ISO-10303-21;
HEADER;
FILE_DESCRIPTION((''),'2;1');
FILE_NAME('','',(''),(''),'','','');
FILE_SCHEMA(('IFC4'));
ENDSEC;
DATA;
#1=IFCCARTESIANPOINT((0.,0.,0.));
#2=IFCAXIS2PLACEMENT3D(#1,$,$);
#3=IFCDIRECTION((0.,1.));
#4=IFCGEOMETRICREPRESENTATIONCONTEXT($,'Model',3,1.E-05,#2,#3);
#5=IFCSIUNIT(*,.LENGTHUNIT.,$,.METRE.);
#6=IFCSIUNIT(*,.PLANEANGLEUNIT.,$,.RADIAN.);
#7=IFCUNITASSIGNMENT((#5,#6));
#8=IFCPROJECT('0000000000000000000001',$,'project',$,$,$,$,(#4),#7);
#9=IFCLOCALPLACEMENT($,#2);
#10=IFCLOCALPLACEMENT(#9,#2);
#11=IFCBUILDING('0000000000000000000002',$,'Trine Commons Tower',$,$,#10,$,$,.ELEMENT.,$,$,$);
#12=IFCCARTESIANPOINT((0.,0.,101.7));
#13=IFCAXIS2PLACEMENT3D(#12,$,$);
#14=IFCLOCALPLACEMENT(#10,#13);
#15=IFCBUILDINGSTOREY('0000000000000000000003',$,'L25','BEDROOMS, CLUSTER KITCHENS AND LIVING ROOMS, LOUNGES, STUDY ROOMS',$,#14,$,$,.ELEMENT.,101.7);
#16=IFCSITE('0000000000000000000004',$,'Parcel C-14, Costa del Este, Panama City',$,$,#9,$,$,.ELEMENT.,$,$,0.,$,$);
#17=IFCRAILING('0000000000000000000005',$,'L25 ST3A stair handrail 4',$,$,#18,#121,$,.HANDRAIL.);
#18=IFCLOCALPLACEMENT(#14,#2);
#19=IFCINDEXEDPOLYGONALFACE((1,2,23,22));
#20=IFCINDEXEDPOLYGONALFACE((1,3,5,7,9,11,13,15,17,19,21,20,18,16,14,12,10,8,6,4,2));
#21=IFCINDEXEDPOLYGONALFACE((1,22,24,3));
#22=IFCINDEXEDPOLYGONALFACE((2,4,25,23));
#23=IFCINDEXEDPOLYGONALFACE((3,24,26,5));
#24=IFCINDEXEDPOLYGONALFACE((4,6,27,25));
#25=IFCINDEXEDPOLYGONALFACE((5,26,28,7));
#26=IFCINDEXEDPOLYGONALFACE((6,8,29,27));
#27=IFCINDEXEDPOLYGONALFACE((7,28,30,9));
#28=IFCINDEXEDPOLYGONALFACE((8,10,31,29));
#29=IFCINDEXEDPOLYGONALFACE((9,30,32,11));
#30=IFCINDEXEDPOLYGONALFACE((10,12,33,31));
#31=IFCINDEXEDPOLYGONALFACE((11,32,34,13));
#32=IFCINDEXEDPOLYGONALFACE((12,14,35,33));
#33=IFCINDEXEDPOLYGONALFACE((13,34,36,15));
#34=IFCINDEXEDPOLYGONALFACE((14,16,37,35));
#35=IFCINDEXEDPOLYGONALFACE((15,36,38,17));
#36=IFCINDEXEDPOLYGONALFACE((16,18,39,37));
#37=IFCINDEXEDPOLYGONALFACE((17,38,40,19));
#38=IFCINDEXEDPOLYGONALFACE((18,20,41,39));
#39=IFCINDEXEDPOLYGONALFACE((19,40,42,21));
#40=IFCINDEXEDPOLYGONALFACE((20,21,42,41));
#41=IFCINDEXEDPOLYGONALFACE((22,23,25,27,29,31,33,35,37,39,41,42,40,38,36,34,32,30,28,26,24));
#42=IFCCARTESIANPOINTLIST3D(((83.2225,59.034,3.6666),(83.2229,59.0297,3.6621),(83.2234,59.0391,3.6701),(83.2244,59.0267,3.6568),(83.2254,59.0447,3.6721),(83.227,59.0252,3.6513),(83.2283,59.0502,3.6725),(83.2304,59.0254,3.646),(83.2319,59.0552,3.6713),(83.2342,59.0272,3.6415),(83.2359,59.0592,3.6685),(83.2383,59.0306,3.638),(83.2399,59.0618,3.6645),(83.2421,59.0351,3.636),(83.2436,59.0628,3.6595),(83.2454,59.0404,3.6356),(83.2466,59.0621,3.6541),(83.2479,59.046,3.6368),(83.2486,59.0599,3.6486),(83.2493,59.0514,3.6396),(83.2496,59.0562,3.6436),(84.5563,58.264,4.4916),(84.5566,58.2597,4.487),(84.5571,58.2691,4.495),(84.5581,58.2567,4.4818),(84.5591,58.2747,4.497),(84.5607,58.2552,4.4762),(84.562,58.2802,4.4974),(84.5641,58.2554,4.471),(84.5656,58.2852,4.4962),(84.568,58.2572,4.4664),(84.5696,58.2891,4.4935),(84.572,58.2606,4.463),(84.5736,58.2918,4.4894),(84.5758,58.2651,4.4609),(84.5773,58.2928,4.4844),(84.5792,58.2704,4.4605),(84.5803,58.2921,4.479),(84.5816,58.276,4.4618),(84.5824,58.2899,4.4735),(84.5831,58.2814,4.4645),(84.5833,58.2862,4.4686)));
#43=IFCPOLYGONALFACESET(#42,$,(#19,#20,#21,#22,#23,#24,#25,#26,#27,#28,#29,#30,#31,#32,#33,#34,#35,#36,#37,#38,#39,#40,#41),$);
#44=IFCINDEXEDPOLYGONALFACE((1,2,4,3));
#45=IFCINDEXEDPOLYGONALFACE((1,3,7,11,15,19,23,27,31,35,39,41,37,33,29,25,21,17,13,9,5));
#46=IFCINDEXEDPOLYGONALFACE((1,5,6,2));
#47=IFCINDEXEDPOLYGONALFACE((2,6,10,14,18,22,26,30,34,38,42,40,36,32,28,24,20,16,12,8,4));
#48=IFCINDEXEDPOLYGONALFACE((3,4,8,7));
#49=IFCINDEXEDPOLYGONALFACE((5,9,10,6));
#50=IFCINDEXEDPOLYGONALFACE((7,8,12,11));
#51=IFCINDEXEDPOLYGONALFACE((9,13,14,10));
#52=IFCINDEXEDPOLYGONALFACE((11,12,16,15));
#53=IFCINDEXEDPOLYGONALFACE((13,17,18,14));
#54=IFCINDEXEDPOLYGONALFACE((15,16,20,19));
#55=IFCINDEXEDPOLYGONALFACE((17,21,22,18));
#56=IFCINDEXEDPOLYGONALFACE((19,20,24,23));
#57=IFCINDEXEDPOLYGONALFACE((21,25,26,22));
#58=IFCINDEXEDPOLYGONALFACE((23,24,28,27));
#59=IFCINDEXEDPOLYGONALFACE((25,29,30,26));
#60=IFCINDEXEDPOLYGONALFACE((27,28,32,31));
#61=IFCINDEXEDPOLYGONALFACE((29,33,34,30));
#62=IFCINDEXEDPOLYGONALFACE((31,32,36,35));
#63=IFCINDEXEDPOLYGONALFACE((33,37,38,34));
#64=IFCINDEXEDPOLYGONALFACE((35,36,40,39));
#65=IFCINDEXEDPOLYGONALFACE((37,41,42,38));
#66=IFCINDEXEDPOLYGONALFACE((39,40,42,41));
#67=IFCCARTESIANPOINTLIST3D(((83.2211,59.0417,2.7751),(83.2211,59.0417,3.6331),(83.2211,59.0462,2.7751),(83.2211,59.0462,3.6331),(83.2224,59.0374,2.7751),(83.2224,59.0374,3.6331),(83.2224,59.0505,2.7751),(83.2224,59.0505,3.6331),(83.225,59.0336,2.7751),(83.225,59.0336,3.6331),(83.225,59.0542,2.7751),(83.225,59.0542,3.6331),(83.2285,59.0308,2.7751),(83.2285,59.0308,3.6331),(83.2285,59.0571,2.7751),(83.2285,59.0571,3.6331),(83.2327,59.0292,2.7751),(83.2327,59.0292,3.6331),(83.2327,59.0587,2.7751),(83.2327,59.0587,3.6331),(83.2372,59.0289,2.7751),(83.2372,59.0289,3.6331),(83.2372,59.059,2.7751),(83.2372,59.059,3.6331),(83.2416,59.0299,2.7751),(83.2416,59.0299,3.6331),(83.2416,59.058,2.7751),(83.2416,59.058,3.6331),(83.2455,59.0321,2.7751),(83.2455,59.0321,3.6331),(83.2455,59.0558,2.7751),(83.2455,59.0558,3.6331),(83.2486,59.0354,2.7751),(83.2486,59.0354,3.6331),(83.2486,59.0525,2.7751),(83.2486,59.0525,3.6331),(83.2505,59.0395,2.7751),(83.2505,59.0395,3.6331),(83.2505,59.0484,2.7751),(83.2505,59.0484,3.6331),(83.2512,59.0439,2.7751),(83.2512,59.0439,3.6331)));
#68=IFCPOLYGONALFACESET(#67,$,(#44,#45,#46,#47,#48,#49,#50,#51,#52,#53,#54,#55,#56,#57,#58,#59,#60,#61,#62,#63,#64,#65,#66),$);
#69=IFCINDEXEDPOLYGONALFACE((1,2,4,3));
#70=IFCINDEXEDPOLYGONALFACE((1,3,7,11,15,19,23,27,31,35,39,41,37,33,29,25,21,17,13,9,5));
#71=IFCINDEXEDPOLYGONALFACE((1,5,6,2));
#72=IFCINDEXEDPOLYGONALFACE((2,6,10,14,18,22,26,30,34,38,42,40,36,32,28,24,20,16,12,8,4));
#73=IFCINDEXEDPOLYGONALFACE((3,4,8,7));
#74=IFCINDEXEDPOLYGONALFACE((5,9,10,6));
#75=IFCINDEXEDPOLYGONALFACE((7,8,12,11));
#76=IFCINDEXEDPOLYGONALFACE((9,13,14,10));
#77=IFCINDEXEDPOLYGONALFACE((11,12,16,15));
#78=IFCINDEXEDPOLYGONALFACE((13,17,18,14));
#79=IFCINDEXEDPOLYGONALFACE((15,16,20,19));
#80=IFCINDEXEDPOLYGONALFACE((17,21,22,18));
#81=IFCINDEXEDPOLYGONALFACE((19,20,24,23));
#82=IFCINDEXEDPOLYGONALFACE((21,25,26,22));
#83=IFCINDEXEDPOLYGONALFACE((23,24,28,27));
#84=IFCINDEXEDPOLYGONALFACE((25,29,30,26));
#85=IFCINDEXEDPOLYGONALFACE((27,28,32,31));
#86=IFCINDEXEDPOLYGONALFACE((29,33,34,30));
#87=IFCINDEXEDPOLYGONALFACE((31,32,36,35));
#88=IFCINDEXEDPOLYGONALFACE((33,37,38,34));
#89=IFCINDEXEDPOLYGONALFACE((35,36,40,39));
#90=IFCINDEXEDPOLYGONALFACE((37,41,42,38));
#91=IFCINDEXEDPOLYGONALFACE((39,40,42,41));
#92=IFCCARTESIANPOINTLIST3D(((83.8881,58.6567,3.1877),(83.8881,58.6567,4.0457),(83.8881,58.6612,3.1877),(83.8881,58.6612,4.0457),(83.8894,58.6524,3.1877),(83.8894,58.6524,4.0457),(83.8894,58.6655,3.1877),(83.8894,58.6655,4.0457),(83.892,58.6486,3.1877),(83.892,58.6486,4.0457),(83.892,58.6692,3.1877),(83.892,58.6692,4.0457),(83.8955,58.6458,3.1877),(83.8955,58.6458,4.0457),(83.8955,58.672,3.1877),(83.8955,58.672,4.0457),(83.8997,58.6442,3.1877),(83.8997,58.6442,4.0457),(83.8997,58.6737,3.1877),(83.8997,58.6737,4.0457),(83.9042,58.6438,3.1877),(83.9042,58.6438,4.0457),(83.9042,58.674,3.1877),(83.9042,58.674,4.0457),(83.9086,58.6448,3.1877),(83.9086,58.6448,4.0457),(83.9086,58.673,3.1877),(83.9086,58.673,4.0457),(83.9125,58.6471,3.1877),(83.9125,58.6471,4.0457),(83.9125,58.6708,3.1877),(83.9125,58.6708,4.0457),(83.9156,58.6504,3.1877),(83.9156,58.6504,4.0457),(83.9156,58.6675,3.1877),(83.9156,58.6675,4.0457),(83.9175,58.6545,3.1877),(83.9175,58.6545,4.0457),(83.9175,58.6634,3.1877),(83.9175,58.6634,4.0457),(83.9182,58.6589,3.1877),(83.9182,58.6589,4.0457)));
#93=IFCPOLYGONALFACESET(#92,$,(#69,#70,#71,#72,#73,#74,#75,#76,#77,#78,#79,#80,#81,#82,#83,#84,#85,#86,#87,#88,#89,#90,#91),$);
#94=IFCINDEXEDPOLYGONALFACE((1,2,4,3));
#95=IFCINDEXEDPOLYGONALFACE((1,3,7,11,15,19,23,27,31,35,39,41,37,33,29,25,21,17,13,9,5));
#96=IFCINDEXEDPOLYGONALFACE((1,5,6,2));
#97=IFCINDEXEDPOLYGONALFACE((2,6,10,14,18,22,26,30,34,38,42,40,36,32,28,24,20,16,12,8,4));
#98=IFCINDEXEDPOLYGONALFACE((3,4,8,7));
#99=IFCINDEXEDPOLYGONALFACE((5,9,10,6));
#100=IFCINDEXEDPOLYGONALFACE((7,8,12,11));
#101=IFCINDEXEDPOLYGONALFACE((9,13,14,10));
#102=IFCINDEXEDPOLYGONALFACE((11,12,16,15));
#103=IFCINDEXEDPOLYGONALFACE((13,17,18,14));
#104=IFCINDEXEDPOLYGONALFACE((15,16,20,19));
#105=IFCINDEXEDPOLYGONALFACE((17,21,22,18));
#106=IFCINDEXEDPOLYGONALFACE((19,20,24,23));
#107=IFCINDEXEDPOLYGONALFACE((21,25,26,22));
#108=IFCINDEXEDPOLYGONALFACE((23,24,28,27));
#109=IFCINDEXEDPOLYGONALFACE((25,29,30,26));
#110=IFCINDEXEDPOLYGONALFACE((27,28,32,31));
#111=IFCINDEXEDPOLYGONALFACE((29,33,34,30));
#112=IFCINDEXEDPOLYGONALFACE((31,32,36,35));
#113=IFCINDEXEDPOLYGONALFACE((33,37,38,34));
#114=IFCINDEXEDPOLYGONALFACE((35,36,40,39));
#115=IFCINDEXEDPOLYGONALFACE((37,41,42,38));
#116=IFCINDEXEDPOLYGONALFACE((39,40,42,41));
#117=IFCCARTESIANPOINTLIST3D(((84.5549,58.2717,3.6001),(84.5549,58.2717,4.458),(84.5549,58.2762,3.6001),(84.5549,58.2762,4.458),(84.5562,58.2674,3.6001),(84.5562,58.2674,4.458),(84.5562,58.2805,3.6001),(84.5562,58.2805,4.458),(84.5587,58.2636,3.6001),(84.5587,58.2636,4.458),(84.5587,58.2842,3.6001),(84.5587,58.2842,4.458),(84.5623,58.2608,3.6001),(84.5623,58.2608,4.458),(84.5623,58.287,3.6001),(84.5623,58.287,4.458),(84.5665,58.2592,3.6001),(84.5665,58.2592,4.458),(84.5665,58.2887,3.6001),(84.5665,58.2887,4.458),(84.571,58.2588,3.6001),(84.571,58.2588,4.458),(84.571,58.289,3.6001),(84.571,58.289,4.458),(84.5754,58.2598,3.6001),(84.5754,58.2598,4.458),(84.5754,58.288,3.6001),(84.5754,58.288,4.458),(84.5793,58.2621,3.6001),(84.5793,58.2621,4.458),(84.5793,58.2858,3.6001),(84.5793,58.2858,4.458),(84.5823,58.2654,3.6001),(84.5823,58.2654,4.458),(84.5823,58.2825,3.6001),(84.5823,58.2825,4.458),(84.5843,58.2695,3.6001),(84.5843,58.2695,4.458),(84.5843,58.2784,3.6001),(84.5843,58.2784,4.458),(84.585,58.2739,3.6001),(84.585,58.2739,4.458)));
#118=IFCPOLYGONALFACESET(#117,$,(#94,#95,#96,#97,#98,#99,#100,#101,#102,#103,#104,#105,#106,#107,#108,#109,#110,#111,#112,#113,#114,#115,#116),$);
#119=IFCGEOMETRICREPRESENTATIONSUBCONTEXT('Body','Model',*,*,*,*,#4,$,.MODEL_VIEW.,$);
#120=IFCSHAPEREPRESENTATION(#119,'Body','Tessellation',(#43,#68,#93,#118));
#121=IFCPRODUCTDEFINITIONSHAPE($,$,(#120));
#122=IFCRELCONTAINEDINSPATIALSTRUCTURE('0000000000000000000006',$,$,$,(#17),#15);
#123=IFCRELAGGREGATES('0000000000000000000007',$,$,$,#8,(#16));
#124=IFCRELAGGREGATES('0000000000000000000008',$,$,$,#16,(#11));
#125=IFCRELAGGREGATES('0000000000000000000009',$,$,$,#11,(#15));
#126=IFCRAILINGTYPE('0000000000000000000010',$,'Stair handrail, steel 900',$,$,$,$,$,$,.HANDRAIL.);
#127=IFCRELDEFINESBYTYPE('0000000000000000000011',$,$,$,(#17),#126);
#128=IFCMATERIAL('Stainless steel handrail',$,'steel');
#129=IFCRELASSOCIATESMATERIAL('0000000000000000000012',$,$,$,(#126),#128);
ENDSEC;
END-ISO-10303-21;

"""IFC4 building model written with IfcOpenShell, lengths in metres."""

from ifc_helpers import new_model, si_unit, direction, frame, origin, origin_2d, place, context, subcontext, project, spatial, circle, extrude, material, type_object, element, save


model = new_model("IFC4")

# Units and contexts
model_context = context("Model", 3, precision=1e-05, world=origin(), true_north=direction((0.0, 1.0)))
body_context = subcontext(model_context, "Body", "Model", "MODEL_VIEW")
ifc_project = project(units=[si_unit("LENGTHUNIT", "METRE"), si_unit("PLANEANGLEUNIT", "RADIAN")], contexts=[model_context])

# Site, building, storey
site_placement = place(None, origin())
site = spatial("IfcSite", under=ifc_project, at=site_placement, Name="Parcel C-14, Costa del Este, Panama City", CompositionType="ELEMENT", RefElevation=0.0)
building_placement = place(site_placement, origin())
building = spatial("IfcBuilding", under=site, at=building_placement, Name="Trine Commons Tower", CompositionType="ELEMENT")
storey_placement = place(building_placement, frame((0.0, 0.0, 101.7)))
storey = spatial("IfcBuildingStorey", under=building, at=storey_placement, Name="L25", Description="BEDROOMS, CLUSTER KITCHENS AND LIVING ROOMS, LOUNGES, STUDY ROOMS", CompositionType="ELEMENT", Elevation=101.7)

# Railing
ifc_material_1 = material(Name="Stainless steel handrail", Category="steel")
railing_type_1 = type_object("IfcRailingType", Name="Stair handrail, steel 900", PredefinedType="HANDRAIL", material=ifc_material_1)
railing_1_placement = place(storey_placement, frame((83.2361, 59.0439, 2.7751)))
element("IfcRailing", 1, at=railing_1_placement, inside=storey, type_object=railing_type_1, Name="L25 ST3A stair handrail 4", PredefinedType="HANDRAIL", context=body_context, shape_type="SweptSolid", body=[
    extrude(circle(Radius=0.021, at=origin_2d()), frame((0.0, 0.0, 0.8789), z_axis=(0.763405, -0.440743, 0.472185), x_axis=(0.499992, 0.86603, 0.0)), (0.0, 0.0, 1.0), 1.7471),
    extrude(circle(Radius=0.0151, at=origin_2d()), origin(), (0.0, 0.0, 1.0), 0.8579),
    extrude(circle(Radius=0.0151, at=origin_2d()), frame((0.667, -0.385, 0.4126)), (0.0, 0.0, 1.0), 0.8579),
    extrude(circle(Radius=0.0151, at=origin_2d()), frame((1.3337, -0.77, 0.825)), (0.0, 0.0, 1.0), 0.8579),
])

save(model, "model.ifc")
